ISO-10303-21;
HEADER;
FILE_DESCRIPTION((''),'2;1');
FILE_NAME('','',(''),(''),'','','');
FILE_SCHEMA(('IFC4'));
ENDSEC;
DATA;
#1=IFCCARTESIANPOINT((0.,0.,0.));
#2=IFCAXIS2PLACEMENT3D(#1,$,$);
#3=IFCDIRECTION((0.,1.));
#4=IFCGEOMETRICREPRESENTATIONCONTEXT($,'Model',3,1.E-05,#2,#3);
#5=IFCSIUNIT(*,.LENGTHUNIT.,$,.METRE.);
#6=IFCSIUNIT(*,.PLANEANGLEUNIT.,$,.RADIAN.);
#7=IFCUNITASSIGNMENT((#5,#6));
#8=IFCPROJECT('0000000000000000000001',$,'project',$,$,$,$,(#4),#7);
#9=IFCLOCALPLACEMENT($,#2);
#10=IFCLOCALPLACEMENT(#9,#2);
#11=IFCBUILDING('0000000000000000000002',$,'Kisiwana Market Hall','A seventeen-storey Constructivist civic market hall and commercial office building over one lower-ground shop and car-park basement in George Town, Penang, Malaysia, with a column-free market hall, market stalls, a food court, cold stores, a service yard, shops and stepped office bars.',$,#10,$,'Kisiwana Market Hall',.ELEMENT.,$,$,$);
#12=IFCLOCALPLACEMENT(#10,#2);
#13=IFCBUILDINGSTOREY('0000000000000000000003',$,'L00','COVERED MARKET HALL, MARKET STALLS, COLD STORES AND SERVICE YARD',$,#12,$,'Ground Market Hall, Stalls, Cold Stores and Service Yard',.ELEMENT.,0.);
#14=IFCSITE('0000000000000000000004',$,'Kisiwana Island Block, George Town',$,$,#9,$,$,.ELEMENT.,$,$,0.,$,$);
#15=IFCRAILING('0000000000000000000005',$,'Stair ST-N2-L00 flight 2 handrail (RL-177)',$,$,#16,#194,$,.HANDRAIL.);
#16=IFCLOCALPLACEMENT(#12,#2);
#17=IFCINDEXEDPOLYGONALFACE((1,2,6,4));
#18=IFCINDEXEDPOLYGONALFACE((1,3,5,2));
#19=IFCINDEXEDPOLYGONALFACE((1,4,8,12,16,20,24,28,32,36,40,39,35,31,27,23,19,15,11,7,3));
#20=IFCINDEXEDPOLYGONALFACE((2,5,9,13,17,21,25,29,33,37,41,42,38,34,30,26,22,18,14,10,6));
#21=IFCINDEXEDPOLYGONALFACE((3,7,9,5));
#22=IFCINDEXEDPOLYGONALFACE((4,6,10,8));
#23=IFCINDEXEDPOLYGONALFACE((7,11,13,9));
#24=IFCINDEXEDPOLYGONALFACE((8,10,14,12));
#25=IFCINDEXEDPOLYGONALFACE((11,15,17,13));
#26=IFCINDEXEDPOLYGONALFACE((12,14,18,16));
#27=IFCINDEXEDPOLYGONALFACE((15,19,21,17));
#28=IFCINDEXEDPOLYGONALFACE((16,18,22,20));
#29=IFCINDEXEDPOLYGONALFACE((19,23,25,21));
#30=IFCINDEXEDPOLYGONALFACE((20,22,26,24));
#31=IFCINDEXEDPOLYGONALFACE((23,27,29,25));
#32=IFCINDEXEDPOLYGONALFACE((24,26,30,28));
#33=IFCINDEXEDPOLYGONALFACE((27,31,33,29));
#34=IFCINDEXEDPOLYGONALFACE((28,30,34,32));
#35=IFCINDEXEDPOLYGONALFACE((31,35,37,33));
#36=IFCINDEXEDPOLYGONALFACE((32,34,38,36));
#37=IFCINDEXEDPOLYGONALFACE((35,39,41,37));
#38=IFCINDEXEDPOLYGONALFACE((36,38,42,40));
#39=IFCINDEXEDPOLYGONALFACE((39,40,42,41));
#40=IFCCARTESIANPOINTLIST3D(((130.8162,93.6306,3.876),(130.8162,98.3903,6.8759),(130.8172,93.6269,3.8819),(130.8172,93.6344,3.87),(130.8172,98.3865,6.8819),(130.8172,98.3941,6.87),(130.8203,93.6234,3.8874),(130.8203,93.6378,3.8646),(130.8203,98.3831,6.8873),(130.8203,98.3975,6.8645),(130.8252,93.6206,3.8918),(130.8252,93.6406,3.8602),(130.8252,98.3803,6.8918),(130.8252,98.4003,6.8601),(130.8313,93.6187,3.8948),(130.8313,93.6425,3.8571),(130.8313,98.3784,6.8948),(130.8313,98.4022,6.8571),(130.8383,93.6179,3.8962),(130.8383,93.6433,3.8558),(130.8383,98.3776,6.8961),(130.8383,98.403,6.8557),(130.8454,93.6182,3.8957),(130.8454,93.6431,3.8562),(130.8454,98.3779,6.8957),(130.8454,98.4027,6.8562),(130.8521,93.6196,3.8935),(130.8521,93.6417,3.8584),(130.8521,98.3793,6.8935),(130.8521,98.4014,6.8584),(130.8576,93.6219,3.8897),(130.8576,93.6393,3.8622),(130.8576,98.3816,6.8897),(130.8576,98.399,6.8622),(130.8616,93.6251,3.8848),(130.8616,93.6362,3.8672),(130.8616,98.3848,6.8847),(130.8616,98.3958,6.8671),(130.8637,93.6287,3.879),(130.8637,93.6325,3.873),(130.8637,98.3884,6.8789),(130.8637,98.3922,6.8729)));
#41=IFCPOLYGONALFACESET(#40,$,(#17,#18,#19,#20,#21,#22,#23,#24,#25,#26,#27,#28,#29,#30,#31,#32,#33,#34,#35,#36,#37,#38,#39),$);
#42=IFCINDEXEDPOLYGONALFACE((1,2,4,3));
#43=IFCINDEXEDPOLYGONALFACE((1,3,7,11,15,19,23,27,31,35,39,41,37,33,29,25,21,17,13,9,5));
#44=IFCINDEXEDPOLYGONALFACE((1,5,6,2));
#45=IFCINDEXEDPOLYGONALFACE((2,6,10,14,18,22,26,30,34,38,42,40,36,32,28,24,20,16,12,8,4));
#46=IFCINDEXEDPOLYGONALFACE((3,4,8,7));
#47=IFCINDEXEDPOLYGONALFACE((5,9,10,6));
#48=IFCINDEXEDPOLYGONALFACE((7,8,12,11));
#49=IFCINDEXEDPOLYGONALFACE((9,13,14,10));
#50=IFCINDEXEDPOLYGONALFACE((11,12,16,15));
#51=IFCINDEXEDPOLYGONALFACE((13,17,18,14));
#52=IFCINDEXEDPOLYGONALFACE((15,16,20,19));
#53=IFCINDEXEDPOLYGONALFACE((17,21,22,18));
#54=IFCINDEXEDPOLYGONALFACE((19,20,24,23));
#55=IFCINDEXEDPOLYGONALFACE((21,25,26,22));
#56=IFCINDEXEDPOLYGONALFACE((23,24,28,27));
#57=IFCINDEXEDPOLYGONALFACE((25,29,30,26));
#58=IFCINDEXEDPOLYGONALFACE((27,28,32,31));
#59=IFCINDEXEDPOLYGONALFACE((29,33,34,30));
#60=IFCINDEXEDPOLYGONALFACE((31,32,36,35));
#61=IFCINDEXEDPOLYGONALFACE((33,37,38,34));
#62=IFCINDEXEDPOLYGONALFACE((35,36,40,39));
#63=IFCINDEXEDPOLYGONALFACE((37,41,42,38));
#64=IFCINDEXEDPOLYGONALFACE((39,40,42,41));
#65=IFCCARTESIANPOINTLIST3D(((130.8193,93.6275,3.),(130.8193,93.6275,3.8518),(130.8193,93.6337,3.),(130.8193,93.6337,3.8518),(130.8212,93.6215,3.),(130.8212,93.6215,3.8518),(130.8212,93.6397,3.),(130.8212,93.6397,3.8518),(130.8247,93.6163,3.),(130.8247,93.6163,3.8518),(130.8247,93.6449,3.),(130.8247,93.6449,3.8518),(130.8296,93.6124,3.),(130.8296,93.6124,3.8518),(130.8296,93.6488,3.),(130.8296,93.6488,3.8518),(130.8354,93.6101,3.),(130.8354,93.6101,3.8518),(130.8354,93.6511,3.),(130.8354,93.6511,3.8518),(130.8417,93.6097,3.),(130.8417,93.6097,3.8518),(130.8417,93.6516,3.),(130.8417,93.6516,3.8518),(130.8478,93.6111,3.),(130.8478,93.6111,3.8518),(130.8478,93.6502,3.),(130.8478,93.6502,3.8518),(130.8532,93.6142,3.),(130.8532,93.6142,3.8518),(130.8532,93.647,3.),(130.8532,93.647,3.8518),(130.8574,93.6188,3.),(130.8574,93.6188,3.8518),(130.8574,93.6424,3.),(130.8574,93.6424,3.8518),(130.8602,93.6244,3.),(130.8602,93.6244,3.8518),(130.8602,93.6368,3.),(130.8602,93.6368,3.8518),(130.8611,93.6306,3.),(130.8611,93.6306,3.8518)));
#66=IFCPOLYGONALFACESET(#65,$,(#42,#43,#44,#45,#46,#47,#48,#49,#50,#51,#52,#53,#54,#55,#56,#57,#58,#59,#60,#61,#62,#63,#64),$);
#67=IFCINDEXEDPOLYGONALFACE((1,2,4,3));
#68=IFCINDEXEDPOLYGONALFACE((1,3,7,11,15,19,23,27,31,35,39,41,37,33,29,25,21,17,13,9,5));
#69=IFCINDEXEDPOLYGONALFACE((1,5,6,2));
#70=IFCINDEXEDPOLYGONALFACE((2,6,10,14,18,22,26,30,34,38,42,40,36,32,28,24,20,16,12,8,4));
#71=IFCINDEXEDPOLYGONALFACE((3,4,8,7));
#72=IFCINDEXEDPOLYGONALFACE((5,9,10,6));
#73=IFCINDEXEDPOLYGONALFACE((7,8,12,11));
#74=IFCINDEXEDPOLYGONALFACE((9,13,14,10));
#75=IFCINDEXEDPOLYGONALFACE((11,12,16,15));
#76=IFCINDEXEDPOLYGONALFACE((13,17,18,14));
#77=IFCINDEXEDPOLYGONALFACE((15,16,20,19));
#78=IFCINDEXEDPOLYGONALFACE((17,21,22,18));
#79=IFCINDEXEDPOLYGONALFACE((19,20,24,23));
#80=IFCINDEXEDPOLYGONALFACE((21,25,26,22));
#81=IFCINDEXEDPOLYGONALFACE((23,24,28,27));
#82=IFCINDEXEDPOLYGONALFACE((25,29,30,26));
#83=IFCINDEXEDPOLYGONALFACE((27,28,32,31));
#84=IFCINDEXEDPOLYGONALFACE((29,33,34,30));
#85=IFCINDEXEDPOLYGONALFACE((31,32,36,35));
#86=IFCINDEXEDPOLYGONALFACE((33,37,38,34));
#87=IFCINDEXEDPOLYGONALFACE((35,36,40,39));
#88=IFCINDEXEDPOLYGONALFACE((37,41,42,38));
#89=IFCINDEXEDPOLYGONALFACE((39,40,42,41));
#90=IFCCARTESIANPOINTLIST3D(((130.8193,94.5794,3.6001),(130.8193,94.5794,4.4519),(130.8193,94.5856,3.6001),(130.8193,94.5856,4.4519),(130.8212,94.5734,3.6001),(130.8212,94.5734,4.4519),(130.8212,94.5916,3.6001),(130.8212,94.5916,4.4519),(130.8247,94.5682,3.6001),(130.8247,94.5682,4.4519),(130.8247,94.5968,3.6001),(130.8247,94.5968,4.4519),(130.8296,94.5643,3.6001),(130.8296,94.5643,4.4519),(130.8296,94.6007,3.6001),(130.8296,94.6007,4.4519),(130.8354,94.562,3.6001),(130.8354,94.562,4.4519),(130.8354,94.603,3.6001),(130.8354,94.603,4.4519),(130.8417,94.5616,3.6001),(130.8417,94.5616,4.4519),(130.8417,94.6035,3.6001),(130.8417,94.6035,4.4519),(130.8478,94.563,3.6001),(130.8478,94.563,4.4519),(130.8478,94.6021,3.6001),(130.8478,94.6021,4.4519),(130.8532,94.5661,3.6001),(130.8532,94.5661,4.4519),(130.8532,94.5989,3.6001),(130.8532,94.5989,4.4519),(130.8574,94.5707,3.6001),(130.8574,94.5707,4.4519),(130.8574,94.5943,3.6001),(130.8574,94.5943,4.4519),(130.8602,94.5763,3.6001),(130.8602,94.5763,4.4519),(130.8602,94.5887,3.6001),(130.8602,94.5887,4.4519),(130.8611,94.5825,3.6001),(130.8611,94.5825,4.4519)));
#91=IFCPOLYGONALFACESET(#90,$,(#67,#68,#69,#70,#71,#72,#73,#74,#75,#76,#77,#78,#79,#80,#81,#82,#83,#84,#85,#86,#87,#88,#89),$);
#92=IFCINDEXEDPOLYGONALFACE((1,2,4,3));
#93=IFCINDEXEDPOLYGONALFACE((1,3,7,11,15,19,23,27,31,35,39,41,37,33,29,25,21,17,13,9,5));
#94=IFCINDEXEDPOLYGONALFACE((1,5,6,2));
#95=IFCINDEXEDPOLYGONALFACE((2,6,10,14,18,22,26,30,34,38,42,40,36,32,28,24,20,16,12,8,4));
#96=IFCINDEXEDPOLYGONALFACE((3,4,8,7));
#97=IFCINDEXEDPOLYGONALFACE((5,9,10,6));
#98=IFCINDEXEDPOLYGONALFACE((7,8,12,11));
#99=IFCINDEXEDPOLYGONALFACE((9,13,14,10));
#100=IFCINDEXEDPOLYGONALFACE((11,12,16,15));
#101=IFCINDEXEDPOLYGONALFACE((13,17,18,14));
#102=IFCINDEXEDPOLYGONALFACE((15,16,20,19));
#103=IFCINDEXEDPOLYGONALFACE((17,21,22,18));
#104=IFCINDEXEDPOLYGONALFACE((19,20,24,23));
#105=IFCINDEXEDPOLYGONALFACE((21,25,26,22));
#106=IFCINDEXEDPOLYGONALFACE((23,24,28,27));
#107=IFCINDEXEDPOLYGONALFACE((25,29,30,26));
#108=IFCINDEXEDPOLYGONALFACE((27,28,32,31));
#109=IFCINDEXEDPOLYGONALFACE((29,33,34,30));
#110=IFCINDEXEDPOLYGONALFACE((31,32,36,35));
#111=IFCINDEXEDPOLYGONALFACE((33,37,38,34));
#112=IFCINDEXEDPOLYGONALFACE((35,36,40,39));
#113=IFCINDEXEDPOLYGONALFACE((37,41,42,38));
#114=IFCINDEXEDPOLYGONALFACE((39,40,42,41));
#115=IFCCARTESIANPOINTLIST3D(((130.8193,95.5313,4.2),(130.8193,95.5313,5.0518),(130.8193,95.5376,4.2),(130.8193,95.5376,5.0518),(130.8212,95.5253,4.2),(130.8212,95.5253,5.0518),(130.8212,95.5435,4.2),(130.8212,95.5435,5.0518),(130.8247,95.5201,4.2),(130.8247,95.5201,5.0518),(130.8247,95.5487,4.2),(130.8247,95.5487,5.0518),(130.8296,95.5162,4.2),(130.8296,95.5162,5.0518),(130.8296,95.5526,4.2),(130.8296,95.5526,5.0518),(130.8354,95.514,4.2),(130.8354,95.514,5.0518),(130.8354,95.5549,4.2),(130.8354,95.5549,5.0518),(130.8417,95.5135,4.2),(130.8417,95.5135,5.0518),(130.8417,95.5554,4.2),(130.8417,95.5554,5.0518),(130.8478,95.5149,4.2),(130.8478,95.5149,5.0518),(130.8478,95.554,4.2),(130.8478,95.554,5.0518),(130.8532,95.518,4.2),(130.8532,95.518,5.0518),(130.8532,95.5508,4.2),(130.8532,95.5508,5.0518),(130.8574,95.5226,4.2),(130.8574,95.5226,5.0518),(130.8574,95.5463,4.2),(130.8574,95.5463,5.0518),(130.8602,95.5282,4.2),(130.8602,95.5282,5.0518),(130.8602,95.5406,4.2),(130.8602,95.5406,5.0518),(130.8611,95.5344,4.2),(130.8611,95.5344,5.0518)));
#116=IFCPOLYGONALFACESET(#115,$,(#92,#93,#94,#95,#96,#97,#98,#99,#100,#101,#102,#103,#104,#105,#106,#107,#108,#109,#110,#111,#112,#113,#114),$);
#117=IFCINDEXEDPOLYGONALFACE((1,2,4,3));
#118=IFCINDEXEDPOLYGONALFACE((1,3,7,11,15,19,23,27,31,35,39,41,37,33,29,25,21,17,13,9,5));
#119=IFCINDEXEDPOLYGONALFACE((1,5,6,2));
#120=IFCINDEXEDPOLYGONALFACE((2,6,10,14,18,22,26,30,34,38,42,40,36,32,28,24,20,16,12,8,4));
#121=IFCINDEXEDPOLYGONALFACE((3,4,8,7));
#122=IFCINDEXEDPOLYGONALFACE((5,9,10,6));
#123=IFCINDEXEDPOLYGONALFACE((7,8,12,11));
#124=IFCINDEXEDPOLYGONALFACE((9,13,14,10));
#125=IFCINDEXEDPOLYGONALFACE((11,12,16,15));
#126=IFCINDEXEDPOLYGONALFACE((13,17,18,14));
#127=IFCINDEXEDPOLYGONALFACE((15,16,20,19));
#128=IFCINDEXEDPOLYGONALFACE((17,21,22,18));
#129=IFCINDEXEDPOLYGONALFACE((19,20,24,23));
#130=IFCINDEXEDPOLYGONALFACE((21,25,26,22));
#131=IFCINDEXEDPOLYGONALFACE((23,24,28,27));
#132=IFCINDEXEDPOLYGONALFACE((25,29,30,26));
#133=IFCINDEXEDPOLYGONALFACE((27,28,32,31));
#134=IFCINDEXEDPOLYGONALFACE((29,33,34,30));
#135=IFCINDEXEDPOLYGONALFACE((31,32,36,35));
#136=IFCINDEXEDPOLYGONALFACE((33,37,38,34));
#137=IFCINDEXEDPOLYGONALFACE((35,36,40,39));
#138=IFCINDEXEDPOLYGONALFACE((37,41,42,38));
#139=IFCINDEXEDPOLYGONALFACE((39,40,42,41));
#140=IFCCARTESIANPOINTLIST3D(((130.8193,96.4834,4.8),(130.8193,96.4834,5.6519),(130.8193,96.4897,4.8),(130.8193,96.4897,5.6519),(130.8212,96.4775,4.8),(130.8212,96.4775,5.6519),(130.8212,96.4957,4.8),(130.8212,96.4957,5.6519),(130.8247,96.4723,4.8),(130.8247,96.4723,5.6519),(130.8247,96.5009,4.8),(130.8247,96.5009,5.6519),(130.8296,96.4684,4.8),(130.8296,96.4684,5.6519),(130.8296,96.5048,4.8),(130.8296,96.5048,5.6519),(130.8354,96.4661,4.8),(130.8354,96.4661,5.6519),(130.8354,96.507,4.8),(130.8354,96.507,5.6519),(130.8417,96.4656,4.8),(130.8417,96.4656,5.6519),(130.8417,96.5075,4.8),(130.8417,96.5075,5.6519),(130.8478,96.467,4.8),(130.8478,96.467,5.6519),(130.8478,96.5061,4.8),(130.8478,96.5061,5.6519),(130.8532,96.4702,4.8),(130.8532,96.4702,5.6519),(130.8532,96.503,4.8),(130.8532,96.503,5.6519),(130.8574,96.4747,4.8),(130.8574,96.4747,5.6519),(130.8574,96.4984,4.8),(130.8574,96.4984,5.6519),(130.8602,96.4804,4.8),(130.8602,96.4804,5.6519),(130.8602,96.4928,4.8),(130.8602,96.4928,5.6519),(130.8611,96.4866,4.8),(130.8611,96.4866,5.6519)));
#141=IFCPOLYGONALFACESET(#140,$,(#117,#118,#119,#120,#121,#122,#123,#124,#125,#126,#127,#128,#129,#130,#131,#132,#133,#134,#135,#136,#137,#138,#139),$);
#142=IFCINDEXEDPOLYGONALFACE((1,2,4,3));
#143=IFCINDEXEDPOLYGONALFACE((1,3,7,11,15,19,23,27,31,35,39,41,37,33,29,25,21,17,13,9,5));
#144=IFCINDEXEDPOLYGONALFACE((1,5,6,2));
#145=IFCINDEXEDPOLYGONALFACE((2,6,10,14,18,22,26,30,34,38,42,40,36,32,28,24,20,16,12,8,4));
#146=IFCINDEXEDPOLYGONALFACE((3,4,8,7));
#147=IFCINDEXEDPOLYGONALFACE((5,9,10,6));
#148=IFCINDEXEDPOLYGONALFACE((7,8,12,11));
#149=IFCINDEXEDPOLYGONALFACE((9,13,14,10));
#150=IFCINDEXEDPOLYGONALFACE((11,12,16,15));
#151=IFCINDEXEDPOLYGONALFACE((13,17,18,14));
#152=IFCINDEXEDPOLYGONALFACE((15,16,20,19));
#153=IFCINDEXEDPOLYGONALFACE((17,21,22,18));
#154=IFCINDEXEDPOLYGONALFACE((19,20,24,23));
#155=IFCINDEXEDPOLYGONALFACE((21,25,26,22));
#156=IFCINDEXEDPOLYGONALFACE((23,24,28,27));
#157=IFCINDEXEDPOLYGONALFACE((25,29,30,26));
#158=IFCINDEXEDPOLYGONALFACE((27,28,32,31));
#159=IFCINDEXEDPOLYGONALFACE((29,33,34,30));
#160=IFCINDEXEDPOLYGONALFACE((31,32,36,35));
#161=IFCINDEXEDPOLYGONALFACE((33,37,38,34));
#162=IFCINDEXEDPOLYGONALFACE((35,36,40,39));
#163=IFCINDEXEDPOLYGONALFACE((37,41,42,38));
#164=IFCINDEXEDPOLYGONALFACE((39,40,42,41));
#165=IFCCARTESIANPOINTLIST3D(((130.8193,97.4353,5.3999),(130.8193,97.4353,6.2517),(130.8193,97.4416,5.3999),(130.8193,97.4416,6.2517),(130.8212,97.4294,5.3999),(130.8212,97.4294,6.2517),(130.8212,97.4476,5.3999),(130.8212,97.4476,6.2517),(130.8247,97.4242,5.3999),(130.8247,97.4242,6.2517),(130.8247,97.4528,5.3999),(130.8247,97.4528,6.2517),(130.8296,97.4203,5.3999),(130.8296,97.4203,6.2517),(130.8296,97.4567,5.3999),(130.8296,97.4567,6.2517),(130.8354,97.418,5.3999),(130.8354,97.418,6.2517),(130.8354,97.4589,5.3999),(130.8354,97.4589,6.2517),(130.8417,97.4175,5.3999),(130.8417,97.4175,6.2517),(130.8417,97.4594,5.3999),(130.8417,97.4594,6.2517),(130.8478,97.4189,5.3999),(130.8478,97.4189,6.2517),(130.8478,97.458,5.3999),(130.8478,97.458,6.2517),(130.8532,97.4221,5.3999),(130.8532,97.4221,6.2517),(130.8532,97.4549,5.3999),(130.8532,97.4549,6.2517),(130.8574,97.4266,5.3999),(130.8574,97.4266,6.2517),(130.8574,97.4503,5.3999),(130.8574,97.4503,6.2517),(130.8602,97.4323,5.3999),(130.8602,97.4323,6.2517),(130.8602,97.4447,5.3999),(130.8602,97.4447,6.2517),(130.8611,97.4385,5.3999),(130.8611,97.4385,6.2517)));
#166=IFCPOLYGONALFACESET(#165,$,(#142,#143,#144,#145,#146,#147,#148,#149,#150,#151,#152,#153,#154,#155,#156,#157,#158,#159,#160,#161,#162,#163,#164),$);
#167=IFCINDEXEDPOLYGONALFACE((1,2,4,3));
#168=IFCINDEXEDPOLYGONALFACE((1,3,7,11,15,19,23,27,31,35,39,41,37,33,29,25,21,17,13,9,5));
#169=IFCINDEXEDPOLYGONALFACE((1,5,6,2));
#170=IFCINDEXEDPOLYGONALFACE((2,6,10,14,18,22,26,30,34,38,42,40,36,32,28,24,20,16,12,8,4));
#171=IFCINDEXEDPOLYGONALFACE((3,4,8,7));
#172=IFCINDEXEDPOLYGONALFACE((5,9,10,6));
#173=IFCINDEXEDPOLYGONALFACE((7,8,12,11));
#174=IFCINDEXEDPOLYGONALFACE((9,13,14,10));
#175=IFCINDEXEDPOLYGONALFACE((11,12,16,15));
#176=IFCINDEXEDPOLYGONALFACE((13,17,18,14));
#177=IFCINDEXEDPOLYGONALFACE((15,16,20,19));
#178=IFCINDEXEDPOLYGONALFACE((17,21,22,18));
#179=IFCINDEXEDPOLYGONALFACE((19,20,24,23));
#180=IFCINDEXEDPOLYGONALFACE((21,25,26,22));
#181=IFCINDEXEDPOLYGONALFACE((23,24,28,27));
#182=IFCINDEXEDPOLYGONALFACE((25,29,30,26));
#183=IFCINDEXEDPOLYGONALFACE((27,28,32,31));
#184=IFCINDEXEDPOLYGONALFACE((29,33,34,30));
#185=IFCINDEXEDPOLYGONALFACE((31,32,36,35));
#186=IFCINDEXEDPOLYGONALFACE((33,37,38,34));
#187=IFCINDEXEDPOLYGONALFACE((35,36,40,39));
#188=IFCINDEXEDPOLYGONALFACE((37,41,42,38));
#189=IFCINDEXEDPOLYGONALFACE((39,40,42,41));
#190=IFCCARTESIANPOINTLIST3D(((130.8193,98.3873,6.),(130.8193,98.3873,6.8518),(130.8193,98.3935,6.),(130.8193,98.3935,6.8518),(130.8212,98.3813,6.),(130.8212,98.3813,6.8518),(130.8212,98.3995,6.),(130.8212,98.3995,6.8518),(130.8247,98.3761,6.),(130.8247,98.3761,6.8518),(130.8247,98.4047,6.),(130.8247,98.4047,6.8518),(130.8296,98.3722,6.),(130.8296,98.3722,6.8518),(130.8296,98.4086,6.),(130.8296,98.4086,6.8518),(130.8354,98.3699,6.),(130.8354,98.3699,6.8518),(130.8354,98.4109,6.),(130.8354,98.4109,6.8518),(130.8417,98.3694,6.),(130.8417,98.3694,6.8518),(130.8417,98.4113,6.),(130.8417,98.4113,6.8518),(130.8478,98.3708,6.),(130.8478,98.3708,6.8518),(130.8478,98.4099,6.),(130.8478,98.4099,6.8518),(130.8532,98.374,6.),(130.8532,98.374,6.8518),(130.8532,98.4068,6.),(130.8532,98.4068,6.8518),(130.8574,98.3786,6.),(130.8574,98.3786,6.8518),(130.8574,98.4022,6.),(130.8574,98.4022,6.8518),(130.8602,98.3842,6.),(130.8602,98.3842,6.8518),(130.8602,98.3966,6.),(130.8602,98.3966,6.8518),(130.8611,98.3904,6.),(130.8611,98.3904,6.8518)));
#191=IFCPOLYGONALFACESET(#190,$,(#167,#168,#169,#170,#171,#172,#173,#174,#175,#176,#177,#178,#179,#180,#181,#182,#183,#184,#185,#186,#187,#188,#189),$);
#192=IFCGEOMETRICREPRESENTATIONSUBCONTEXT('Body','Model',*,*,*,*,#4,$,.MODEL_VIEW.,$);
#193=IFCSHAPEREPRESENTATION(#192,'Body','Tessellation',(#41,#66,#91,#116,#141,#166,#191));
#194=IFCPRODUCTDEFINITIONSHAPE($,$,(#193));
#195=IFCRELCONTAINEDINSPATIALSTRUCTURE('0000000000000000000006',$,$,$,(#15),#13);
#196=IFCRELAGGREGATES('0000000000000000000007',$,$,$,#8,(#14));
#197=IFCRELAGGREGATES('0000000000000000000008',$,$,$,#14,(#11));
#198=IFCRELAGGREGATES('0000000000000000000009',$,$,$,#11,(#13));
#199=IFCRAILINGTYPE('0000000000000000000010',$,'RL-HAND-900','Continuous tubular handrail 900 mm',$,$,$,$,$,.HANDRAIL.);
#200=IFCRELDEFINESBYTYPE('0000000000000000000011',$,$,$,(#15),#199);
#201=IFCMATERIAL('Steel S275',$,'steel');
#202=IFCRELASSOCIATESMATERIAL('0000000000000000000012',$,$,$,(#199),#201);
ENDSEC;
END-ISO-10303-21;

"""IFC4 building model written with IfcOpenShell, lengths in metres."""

from ifc_helpers import new_model, si_unit, direction, frame, origin, origin_2d, place, context, subcontext, project, spatial, circle, extrude, material, type_object, element, save


model = new_model("IFC4")

# Units and contexts
model_context = context("Model", 3, precision=1e-05, world=origin(), true_north=direction((0.0, 1.0)))
body_context = subcontext(model_context, "Body", "Model", "MODEL_VIEW")
ifc_project = project(units=[si_unit("LENGTHUNIT", "METRE"), si_unit("PLANEANGLEUNIT", "RADIAN")], contexts=[model_context])

# Site, building, storey
site_placement = place(None, origin())
site = spatial("IfcSite", under=ifc_project, at=site_placement, Name="Kisiwana Island Block, George Town", CompositionType="ELEMENT", RefElevation=0.0)
building_placement = place(site_placement, origin())
building = spatial("IfcBuilding", under=site, at=building_placement, Name="Kisiwana Market Hall", Description="A seventeen-storey Constructivist civic market hall and commercial office building over one lower-ground shop and car-park basement in George Town, Penang, Malaysia, with a column-free market hall, market stalls, a food court, cold stores, a service yard, shops and stepped office bars.", LongName="Kisiwana Market Hall", CompositionType="ELEMENT")
storey_placement = place(building_placement, origin())
storey = spatial("IfcBuildingStorey", under=building, at=storey_placement, Name="L00", Description="COVERED MARKET HALL, MARKET STALLS, COLD STORES AND SERVICE YARD", LongName="Ground Market Hall, Stalls, Cold Stores and Service Yard", CompositionType="ELEMENT", Elevation=0.0)

# Railing
ifc_material_1 = material(Name="Steel S275", Category="steel")
railing_type_1 = type_object("IfcRailingType", Name="RL-HAND-900", Description="Continuous tubular handrail 900 mm", PredefinedType="HANDRAIL", material=ifc_material_1)
railing_1_placement = place(storey_placement, frame((130.8401, 93.6306, 3.0)))
element("IfcRailing", 1, at=railing_1_placement, inside=storey, type_object=railing_type_1, Name="Stair ST-N2-L00 flight 2 handrail (RL-177)", PredefinedType="HANDRAIL", context=body_context, shape_type="SweptSolid", body=[
    extrude(circle(Radius=0.0239, at=origin_2d()), frame((0.0, 0.0, 0.876), z_axis=(0.0, 0.845983, 0.533209), x_axis=(-1.0, 0.0, 0.0)), (0.0, 0.0, 1.0), 5.6262),
    extrude(circle(Radius=0.021, at=origin_2d()), origin(), (0.0, 0.0, 1.0), 0.8518),
    extrude(circle(Radius=0.021, at=origin_2d()), frame((0.0, 0.9519, 0.6001)), (0.0, 0.0, 1.0), 0.8518),
    extrude(circle(Radius=0.021, at=origin_2d()), frame((0.0, 1.9038, 1.2)), (0.0, 0.0, 1.0), 0.8518),
    extrude(circle(Radius=0.021, at=origin_2d()), frame((0.0, 2.856, 1.8)), (0.0, 0.0, 1.0), 0.8518),
    extrude(circle(Radius=0.021, at=origin_2d()), frame((0.0, 3.8079, 2.3999)), (0.0, 0.0, 1.0), 0.8518),
    extrude(circle(Radius=0.021, at=origin_2d()), frame((0.0, 4.7598, 3.0)), (0.0, 0.0, 1.0), 0.8518),
])

save(model, "model.ifc")
